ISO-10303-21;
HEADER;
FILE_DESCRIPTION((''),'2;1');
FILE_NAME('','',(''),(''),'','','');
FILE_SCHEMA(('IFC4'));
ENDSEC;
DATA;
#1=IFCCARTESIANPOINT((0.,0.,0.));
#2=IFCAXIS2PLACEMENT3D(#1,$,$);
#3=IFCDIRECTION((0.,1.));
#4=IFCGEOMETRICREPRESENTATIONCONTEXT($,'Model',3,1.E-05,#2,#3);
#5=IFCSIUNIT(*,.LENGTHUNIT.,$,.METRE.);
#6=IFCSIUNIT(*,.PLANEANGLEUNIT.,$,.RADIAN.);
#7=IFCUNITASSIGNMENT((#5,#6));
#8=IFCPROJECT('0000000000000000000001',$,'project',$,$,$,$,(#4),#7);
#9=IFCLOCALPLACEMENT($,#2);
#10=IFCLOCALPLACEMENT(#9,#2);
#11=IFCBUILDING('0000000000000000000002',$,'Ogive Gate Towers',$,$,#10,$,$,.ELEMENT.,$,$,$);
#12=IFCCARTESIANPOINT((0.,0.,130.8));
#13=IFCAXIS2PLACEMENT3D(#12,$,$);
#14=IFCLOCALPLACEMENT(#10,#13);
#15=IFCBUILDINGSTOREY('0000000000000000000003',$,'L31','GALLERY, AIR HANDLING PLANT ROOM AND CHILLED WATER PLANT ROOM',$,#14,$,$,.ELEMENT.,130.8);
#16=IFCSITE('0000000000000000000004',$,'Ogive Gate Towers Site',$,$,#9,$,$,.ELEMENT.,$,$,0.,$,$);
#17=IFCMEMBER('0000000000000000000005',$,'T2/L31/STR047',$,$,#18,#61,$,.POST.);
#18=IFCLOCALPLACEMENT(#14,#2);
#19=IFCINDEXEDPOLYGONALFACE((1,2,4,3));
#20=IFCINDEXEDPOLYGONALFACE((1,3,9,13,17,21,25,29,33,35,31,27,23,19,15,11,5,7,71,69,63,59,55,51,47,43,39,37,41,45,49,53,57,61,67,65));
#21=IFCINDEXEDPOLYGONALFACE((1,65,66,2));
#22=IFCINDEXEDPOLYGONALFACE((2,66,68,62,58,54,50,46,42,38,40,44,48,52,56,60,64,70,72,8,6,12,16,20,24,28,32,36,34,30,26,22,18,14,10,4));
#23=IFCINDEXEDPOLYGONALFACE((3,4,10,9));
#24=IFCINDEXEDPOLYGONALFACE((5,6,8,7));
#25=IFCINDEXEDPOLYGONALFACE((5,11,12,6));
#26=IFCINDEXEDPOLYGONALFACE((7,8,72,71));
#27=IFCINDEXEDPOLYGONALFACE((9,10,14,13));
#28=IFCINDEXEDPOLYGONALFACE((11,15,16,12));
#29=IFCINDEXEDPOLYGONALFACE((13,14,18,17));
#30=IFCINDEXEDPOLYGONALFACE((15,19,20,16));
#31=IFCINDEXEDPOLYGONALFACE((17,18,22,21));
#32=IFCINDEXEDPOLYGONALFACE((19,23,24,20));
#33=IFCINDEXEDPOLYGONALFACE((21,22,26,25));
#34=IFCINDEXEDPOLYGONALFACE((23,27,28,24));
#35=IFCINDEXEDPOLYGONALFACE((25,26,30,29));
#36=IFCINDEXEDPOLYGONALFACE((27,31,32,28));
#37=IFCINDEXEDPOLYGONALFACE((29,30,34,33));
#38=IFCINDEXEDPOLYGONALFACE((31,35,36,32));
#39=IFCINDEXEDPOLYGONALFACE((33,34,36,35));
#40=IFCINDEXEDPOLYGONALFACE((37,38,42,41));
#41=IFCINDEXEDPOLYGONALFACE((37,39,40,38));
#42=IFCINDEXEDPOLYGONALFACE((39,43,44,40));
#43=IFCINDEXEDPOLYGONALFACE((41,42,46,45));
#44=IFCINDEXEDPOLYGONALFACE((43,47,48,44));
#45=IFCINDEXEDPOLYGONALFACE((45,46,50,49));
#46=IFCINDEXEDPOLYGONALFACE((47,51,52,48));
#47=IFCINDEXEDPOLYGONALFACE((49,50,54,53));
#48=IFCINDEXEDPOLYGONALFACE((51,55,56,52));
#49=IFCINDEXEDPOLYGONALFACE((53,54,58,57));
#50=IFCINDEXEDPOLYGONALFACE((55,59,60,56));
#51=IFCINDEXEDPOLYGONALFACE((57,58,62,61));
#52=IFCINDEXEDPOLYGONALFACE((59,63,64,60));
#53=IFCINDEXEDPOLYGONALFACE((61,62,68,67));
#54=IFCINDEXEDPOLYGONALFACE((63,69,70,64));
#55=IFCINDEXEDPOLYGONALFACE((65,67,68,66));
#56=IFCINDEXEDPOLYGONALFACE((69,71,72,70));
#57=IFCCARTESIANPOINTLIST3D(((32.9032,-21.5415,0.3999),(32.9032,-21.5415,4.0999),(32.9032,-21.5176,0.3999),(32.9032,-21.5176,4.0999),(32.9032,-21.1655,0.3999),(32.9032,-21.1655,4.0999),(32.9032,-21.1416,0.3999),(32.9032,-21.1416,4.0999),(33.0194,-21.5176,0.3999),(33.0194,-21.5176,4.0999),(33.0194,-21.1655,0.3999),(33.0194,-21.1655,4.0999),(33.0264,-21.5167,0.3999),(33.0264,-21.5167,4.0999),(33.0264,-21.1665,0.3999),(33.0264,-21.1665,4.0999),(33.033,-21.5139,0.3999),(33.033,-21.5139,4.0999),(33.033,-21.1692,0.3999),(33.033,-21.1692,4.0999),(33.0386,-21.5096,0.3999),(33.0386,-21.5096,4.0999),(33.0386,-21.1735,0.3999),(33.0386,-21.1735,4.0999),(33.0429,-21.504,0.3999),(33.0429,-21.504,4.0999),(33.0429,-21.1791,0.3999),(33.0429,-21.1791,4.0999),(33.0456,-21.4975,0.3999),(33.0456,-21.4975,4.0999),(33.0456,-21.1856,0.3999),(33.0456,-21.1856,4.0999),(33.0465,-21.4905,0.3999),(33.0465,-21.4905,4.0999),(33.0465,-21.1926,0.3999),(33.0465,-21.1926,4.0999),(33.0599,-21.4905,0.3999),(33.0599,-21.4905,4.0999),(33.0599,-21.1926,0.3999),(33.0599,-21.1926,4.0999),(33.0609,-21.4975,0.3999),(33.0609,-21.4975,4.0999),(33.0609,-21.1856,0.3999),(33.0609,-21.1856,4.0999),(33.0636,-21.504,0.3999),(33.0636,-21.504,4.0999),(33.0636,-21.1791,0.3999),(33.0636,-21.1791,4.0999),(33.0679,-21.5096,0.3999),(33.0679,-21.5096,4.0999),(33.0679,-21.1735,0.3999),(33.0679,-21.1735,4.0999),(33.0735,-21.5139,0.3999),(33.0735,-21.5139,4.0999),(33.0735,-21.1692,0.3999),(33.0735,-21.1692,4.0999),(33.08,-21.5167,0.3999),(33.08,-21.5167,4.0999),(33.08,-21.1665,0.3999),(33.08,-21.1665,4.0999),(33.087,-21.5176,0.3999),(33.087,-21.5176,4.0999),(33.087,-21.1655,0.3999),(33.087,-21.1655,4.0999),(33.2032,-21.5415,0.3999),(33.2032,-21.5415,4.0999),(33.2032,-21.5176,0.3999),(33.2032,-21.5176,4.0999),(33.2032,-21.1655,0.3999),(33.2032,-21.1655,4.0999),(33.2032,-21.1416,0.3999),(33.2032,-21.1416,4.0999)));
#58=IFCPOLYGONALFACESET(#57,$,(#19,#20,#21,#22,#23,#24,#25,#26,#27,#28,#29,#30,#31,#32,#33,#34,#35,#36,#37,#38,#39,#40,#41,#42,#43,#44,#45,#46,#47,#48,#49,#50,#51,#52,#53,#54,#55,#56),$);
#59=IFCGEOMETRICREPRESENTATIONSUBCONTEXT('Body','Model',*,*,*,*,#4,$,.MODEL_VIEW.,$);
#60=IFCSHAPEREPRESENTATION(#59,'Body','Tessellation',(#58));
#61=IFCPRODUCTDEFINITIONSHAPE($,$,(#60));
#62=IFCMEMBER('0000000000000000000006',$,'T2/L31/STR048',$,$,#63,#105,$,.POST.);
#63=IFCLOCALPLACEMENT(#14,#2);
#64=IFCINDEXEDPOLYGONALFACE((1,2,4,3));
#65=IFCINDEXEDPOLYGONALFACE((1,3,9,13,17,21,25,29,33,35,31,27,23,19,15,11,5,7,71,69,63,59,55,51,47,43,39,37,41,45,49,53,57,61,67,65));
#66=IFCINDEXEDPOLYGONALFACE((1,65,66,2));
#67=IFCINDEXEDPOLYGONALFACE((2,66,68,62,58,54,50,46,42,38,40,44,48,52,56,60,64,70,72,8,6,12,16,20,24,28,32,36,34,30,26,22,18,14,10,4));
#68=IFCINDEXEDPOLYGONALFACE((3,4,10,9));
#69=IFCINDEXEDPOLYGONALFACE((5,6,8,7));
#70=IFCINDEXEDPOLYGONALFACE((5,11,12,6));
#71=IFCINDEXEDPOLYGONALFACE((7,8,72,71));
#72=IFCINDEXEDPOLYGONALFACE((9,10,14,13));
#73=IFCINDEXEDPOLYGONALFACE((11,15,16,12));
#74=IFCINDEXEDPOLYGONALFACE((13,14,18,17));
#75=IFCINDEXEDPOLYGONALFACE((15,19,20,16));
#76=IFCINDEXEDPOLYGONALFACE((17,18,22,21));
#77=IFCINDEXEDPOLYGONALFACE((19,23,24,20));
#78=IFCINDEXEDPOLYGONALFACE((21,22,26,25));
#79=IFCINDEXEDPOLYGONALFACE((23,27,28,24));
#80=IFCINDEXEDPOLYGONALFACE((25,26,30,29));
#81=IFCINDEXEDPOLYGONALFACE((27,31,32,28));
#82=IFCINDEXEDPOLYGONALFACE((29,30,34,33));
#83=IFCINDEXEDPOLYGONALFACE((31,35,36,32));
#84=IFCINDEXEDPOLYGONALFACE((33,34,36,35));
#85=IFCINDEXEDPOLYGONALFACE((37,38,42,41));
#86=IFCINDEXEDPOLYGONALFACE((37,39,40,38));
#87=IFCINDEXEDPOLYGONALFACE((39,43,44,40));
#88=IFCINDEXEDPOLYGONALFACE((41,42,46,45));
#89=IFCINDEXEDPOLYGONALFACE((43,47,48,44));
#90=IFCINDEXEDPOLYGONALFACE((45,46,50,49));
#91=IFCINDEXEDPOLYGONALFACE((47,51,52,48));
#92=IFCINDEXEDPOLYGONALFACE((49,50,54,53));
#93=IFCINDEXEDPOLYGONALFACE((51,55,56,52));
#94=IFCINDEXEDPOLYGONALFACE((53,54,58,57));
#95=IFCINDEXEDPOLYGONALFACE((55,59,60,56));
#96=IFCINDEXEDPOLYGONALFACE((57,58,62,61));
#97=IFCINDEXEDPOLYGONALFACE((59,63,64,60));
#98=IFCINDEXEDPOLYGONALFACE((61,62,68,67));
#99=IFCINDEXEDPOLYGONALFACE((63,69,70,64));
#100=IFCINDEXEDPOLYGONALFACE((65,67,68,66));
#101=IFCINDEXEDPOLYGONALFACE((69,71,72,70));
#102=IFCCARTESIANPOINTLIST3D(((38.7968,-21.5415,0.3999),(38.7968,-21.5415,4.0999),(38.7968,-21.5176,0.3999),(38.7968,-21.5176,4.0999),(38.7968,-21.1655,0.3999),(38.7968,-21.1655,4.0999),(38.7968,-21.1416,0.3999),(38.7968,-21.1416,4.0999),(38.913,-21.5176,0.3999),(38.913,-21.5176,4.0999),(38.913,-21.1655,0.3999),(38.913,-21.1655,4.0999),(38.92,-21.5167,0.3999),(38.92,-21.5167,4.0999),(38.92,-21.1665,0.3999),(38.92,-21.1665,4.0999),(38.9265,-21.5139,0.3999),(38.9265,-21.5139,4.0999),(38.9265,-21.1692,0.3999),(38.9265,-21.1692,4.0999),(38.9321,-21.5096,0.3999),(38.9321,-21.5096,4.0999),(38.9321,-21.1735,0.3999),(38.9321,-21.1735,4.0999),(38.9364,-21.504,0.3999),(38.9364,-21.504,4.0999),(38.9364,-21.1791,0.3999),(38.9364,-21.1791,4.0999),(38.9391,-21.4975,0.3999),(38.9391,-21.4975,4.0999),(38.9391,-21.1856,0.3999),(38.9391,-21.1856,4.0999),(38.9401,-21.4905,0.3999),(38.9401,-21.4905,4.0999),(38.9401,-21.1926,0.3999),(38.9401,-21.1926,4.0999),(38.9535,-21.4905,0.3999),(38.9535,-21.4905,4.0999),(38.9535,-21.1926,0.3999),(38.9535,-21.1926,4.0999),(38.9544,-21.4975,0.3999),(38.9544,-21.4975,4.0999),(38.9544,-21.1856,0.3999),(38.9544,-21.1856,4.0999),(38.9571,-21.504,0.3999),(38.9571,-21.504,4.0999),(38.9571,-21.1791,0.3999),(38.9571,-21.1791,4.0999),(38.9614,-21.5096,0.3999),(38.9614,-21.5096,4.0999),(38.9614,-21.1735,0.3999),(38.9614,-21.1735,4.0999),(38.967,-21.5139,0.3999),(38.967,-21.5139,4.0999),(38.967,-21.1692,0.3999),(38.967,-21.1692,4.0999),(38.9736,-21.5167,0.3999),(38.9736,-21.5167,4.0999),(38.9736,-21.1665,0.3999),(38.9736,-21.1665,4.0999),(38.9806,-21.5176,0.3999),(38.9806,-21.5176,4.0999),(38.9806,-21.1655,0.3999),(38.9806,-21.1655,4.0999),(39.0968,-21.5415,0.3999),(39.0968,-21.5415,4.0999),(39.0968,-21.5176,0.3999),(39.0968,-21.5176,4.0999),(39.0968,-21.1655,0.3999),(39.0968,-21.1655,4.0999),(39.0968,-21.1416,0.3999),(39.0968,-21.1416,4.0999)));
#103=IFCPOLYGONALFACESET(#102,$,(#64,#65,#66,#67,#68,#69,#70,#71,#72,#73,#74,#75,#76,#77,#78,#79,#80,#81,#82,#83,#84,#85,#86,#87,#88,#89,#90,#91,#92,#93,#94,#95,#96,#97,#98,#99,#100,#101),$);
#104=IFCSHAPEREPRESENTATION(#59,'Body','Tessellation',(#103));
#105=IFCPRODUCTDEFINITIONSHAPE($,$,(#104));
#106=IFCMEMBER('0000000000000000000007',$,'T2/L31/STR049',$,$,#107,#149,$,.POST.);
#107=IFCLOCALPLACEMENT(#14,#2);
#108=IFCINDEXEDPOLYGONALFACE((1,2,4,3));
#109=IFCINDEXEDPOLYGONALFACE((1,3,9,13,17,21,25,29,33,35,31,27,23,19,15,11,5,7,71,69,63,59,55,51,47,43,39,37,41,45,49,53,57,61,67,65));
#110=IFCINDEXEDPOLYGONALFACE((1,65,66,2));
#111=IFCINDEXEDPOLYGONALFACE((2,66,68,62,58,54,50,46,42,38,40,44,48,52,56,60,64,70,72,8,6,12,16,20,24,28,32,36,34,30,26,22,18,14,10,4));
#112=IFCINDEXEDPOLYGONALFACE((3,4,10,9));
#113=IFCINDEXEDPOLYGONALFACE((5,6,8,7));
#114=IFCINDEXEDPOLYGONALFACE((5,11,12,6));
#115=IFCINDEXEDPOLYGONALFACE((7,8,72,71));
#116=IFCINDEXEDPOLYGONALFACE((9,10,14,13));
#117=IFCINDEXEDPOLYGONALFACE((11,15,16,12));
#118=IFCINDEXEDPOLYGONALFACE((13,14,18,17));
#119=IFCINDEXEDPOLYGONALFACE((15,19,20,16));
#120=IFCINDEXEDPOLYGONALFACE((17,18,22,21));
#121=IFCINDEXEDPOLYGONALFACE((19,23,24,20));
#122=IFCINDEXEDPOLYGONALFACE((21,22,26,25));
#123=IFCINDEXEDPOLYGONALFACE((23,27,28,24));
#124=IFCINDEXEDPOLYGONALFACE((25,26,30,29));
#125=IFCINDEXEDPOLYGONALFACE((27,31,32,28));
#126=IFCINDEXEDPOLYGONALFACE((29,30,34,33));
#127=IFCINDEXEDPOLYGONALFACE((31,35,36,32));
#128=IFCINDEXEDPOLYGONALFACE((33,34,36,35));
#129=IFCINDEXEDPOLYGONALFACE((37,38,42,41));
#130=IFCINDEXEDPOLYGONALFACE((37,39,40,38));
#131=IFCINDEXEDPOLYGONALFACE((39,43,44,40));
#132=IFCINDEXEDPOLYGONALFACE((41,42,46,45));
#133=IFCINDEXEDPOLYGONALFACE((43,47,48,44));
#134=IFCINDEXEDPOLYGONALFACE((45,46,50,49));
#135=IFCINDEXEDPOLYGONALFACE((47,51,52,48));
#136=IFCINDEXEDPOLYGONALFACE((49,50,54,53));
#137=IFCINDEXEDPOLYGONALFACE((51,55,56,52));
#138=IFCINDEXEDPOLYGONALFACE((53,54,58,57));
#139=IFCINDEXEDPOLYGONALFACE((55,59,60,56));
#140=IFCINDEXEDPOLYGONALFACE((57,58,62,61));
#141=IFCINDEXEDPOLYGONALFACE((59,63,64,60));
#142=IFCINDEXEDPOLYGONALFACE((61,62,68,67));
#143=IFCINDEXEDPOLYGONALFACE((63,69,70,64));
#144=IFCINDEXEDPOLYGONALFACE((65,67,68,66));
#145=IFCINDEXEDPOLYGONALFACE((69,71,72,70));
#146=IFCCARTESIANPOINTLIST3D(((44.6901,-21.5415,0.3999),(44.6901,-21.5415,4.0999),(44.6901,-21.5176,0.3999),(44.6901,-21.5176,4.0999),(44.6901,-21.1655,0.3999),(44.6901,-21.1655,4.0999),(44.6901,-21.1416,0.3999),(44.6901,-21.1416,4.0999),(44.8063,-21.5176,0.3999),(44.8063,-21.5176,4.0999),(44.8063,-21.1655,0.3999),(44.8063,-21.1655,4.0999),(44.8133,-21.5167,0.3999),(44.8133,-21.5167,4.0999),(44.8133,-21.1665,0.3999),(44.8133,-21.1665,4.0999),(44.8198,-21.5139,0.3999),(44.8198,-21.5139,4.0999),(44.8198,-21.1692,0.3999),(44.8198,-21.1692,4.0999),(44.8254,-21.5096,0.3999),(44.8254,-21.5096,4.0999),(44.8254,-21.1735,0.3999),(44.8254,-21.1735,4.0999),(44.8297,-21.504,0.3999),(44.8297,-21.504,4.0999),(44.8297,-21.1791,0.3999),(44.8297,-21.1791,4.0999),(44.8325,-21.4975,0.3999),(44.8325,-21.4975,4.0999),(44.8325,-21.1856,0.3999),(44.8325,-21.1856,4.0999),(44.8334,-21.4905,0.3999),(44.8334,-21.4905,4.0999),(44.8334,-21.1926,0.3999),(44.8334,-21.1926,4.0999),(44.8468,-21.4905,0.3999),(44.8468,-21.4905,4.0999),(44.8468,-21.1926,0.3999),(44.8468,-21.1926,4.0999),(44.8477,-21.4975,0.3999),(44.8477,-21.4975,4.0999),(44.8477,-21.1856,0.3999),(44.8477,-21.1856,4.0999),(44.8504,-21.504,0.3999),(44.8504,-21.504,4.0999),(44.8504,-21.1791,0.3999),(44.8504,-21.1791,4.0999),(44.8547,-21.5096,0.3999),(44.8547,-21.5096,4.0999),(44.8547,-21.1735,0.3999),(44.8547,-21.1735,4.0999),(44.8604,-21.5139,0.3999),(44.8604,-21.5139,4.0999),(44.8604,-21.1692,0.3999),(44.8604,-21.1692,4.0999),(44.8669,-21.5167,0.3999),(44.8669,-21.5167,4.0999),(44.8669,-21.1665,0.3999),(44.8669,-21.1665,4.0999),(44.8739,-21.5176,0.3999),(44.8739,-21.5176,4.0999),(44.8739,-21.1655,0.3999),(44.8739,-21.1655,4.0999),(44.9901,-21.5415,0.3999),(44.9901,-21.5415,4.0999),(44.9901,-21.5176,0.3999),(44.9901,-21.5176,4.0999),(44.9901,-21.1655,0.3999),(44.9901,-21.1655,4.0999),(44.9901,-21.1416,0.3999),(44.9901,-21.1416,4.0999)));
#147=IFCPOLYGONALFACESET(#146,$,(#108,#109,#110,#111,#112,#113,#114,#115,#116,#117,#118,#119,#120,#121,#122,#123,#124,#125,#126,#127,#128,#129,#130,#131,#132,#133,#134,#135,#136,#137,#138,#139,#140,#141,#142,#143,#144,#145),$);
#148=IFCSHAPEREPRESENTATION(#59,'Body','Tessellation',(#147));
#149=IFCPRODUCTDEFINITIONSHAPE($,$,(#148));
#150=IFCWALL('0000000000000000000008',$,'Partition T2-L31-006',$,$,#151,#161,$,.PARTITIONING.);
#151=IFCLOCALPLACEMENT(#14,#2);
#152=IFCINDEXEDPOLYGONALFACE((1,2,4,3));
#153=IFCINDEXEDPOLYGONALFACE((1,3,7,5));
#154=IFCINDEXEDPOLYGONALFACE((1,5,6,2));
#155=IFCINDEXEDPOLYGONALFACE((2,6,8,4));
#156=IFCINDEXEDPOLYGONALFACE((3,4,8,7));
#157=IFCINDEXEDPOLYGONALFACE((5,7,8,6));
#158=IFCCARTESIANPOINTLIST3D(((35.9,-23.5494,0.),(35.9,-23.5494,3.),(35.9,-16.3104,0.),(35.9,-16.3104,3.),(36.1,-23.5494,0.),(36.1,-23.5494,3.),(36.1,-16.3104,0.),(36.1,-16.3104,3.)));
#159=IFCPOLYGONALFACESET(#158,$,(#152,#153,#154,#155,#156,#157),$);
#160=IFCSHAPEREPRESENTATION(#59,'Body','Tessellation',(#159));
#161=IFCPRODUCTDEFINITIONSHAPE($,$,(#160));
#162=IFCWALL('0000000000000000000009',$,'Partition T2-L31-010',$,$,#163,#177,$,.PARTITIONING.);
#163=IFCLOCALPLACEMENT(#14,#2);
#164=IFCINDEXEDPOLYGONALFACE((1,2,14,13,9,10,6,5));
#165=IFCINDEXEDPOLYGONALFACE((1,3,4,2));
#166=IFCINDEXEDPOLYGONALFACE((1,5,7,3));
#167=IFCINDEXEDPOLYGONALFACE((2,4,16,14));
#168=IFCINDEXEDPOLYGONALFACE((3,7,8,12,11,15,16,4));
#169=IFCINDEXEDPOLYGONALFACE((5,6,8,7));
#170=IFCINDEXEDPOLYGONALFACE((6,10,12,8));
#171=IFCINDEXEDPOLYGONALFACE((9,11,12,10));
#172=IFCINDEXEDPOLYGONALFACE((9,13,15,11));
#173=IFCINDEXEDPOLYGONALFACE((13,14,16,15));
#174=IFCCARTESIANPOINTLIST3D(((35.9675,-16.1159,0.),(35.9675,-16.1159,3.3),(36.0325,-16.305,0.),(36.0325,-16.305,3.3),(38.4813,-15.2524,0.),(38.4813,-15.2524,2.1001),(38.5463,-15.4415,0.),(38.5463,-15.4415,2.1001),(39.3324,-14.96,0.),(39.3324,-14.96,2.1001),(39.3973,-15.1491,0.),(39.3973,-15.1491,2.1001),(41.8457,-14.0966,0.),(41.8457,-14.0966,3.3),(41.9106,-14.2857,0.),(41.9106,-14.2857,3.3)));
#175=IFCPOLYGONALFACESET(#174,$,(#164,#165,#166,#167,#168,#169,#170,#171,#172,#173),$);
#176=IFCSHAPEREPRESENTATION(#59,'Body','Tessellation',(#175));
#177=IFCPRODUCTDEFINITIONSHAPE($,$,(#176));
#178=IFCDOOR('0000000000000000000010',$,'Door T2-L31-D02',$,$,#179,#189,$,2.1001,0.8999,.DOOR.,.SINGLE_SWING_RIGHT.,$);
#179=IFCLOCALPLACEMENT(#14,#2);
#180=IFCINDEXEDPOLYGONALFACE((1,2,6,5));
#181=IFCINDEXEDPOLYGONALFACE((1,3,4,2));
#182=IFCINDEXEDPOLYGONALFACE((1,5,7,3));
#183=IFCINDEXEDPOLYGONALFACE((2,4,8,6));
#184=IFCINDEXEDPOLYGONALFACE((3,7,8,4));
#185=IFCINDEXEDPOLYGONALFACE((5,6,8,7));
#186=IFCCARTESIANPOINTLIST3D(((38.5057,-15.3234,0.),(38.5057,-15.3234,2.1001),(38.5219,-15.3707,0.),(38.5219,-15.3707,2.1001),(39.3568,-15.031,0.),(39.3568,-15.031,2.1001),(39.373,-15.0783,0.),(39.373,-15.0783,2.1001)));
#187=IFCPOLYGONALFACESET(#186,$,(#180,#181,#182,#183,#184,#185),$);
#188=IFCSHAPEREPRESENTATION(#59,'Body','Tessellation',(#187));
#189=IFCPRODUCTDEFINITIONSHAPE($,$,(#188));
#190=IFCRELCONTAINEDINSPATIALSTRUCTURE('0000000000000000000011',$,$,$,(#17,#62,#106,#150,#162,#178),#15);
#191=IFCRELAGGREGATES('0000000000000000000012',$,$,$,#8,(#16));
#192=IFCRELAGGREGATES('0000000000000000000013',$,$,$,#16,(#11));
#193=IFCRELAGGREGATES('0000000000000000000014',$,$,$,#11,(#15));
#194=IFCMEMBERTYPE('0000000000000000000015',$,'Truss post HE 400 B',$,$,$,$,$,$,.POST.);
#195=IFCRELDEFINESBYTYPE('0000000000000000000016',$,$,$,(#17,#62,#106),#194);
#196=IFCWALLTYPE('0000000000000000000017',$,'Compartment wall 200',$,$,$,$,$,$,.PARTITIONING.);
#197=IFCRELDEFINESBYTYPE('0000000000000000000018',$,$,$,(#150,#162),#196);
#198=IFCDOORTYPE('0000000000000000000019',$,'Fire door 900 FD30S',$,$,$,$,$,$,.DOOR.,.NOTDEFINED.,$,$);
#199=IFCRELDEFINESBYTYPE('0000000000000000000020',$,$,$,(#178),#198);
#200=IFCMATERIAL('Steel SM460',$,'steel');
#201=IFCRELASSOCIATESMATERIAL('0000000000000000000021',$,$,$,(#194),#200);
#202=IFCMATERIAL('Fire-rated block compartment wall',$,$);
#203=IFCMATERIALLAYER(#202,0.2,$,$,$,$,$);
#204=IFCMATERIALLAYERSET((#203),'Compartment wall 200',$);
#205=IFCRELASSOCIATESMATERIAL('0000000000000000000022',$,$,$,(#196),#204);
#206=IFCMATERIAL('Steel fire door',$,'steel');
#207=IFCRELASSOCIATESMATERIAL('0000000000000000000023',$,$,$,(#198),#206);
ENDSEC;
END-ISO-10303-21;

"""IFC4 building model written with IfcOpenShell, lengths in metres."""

from ifc_helpers import new_model, si_unit, direction, frame, frame_2d, origin, origin_2d, place, context, subcontext, project, spatial, rectangle, i_section, extrude, material, layer, layer_set, material_profile, profile_set, type_object, element, fill, save


model = new_model("IFC4")

# Units and contexts
model_context = context("Model", 3, precision=1e-05, world=origin(), true_north=direction((0.0, 1.0)))
body_context = subcontext(model_context, "Body", "Model", "MODEL_VIEW")
ifc_project = project(units=[si_unit("LENGTHUNIT", "METRE"), si_unit("PLANEANGLEUNIT", "RADIAN")], contexts=[model_context])

# Site, building, storey
site_placement = place(None, origin())
site = spatial("IfcSite", under=ifc_project, at=site_placement, Name="Ogive Gate Towers Site", CompositionType="ELEMENT", RefElevation=0.0)
building_placement = place(site_placement, origin())
building = spatial("IfcBuilding", under=site, at=building_placement, Name="Ogive Gate Towers", CompositionType="ELEMENT")
storey_placement = place(building_placement, frame((0.0, 0.0, 130.8)))
storey = spatial("IfcBuildingStorey", under=building, at=storey_placement, Name="L31", Description="GALLERY, AIR HANDLING PLANT ROOM AND CHILLED WATER PLANT ROOM", CompositionType="ELEMENT", Elevation=130.8)

# Shared definitions
ifc_material_1 = material(Name="Steel SM460", Category="steel")

# Members
ifc_material_profile_1 = material_profile(ifc_material_1, i_section(OverallWidth=0.3, OverallDepth=0.3999, WebThickness=0.0134, FlangeThickness=0.0239, FilletRadius=0.0271, at=origin_2d()), Name="HE 400 B")
ifc_profile_set_1 = profile_set([ifc_material_profile_1], Name="Steel SM460")
member_type_1 = type_object("IfcMemberType", Name="Truss post HE 400 B", PredefinedType="POST", material=ifc_profile_set_1)
for number, where, z_axis, x_axis, name in (
    (1, (33.0532, -21.3416, 0.3999), (0.0, 0.0, 1.0), (1.0, 0.0, 0.0), "T2/L31/STR047"),
    (2, (38.9468, -21.3416, 0.3999), (0.0, 0.0, 1.0), (1.0, 0.0, 0.0), "T2/L31/STR048"),
    (3, (44.8401, -21.3416, 0.3999), (0.0, 0.0, 1.0), (1.0, 0.0, 0.0), "T2/L31/STR049"),
):
    element("IfcMember", number, at=place(storey_placement, frame(where, z_axis=z_axis, x_axis=x_axis)), inside=storey, type_object=member_type_1, Name=name, PredefinedType="POST", context=body_context, shape_type="SweptSolid", body=[
        extrude(i_section(OverallWidth=0.3, OverallDepth=0.3999, WebThickness=0.0134, FlangeThickness=0.0239, FilletRadius=0.0271, at=origin_2d()), origin(), (0.0, 0.0, 1.0), 3.7),
    ])

# Wall
ifc_material_2 = material(Name="Fire-rated block compartment wall")
ifc_layer_1 = layer(ifc_material_2, 0.2)
ifc_layer_set_1 = layer_set([ifc_layer_1], Name="Compartment wall 200")
wall_type_1 = type_object("IfcWallType", Name="Compartment wall 200", PredefinedType="PARTITIONING", material=ifc_layer_set_1)
wall_1_placement = place(storey_placement, frame((36.0, -23.5496, 0.0), z_axis=(0.0, 0.0, 1.0), x_axis=(0.0, 1.0, 0.0)))
element("IfcWall", 4, at=wall_1_placement, inside=storey, type_object=wall_type_1, Name="Partition T2-L31-006", PredefinedType="PARTITIONING", context=body_context, shape_type="SweptSolid", body=[
    extrude(rectangle(XDim=7.239, YDim=0.2, at=frame_2d((3.6196, 0.0))), origin(), (0.0, 0.0, 1.0), 3.0),
])

# Wall, opening, door
wall_2_placement = place(storey_placement, frame((36.0, -16.2104, 0.0), z_axis=(0.0, 0.0, 1.0), x_axis=(0.945753, 0.324888, 0.0)))
wall_2 = element("IfcWall", 5, at=wall_2_placement, inside=storey, type_object=wall_type_1, Name="Partition T2-L31-010", PredefinedType="PARTITIONING", context=body_context, shape_type="SweptSolid", body=[
    extrude(rectangle(XDim=6.2153, YDim=0.2, at=frame_2d((3.1077, 0.0))), origin(), (0.0, 0.0, 1.0), 3.3),
])
opening_1_placement = place(wall_2_placement, frame((2.658, 0.0, 0.0)))
opening_1 = element("IfcOpeningElement", 6, at=opening_1_placement, cuts=wall_2, PredefinedType="OPENING", context=body_context, shape_type="SweptSolid", body=[
    extrude(rectangle(XDim=0.8999, YDim=2.1001, at=frame_2d((0.45, 1.05))), frame((0.0, 0.1099, 0.0), z_axis=(0.0, -1.0, 0.0), x_axis=(1.0, 0.0, 0.0)), (0.0, 0.0, 1.0), 0.22),
])
ifc_material_3 = material(Name="Steel fire door", Category="steel")
door_type = type_object("IfcDoorType", Name="Fire door 900 FD30S", OperationType="NOTDEFINED", PredefinedType="DOOR", material=ifc_material_3)
door_1_placement = place(opening_1_placement, origin())
door_1 = element("IfcDoor", 7, at=door_1_placement, inside=storey, type_object=door_type, Name="Door T2-L31-D02", OperationType="SINGLE_SWING_RIGHT", OverallHeight=2.1001, OverallWidth=0.8999, PredefinedType="DOOR", context=body_context, shape_type="SweptSolid", body=[
    extrude(rectangle(XDim=0.8999, YDim=2.1001, at=frame_2d((0.45, 1.05))), frame((0.0, 0.0249, 0.0), z_axis=(0.0, -1.0, 0.0), x_axis=(1.0, 0.0, 0.0)), (0.0, 0.0, 1.0), 0.05),
])
fill(opening_1, door_1)

save(model, "model.ifc")
